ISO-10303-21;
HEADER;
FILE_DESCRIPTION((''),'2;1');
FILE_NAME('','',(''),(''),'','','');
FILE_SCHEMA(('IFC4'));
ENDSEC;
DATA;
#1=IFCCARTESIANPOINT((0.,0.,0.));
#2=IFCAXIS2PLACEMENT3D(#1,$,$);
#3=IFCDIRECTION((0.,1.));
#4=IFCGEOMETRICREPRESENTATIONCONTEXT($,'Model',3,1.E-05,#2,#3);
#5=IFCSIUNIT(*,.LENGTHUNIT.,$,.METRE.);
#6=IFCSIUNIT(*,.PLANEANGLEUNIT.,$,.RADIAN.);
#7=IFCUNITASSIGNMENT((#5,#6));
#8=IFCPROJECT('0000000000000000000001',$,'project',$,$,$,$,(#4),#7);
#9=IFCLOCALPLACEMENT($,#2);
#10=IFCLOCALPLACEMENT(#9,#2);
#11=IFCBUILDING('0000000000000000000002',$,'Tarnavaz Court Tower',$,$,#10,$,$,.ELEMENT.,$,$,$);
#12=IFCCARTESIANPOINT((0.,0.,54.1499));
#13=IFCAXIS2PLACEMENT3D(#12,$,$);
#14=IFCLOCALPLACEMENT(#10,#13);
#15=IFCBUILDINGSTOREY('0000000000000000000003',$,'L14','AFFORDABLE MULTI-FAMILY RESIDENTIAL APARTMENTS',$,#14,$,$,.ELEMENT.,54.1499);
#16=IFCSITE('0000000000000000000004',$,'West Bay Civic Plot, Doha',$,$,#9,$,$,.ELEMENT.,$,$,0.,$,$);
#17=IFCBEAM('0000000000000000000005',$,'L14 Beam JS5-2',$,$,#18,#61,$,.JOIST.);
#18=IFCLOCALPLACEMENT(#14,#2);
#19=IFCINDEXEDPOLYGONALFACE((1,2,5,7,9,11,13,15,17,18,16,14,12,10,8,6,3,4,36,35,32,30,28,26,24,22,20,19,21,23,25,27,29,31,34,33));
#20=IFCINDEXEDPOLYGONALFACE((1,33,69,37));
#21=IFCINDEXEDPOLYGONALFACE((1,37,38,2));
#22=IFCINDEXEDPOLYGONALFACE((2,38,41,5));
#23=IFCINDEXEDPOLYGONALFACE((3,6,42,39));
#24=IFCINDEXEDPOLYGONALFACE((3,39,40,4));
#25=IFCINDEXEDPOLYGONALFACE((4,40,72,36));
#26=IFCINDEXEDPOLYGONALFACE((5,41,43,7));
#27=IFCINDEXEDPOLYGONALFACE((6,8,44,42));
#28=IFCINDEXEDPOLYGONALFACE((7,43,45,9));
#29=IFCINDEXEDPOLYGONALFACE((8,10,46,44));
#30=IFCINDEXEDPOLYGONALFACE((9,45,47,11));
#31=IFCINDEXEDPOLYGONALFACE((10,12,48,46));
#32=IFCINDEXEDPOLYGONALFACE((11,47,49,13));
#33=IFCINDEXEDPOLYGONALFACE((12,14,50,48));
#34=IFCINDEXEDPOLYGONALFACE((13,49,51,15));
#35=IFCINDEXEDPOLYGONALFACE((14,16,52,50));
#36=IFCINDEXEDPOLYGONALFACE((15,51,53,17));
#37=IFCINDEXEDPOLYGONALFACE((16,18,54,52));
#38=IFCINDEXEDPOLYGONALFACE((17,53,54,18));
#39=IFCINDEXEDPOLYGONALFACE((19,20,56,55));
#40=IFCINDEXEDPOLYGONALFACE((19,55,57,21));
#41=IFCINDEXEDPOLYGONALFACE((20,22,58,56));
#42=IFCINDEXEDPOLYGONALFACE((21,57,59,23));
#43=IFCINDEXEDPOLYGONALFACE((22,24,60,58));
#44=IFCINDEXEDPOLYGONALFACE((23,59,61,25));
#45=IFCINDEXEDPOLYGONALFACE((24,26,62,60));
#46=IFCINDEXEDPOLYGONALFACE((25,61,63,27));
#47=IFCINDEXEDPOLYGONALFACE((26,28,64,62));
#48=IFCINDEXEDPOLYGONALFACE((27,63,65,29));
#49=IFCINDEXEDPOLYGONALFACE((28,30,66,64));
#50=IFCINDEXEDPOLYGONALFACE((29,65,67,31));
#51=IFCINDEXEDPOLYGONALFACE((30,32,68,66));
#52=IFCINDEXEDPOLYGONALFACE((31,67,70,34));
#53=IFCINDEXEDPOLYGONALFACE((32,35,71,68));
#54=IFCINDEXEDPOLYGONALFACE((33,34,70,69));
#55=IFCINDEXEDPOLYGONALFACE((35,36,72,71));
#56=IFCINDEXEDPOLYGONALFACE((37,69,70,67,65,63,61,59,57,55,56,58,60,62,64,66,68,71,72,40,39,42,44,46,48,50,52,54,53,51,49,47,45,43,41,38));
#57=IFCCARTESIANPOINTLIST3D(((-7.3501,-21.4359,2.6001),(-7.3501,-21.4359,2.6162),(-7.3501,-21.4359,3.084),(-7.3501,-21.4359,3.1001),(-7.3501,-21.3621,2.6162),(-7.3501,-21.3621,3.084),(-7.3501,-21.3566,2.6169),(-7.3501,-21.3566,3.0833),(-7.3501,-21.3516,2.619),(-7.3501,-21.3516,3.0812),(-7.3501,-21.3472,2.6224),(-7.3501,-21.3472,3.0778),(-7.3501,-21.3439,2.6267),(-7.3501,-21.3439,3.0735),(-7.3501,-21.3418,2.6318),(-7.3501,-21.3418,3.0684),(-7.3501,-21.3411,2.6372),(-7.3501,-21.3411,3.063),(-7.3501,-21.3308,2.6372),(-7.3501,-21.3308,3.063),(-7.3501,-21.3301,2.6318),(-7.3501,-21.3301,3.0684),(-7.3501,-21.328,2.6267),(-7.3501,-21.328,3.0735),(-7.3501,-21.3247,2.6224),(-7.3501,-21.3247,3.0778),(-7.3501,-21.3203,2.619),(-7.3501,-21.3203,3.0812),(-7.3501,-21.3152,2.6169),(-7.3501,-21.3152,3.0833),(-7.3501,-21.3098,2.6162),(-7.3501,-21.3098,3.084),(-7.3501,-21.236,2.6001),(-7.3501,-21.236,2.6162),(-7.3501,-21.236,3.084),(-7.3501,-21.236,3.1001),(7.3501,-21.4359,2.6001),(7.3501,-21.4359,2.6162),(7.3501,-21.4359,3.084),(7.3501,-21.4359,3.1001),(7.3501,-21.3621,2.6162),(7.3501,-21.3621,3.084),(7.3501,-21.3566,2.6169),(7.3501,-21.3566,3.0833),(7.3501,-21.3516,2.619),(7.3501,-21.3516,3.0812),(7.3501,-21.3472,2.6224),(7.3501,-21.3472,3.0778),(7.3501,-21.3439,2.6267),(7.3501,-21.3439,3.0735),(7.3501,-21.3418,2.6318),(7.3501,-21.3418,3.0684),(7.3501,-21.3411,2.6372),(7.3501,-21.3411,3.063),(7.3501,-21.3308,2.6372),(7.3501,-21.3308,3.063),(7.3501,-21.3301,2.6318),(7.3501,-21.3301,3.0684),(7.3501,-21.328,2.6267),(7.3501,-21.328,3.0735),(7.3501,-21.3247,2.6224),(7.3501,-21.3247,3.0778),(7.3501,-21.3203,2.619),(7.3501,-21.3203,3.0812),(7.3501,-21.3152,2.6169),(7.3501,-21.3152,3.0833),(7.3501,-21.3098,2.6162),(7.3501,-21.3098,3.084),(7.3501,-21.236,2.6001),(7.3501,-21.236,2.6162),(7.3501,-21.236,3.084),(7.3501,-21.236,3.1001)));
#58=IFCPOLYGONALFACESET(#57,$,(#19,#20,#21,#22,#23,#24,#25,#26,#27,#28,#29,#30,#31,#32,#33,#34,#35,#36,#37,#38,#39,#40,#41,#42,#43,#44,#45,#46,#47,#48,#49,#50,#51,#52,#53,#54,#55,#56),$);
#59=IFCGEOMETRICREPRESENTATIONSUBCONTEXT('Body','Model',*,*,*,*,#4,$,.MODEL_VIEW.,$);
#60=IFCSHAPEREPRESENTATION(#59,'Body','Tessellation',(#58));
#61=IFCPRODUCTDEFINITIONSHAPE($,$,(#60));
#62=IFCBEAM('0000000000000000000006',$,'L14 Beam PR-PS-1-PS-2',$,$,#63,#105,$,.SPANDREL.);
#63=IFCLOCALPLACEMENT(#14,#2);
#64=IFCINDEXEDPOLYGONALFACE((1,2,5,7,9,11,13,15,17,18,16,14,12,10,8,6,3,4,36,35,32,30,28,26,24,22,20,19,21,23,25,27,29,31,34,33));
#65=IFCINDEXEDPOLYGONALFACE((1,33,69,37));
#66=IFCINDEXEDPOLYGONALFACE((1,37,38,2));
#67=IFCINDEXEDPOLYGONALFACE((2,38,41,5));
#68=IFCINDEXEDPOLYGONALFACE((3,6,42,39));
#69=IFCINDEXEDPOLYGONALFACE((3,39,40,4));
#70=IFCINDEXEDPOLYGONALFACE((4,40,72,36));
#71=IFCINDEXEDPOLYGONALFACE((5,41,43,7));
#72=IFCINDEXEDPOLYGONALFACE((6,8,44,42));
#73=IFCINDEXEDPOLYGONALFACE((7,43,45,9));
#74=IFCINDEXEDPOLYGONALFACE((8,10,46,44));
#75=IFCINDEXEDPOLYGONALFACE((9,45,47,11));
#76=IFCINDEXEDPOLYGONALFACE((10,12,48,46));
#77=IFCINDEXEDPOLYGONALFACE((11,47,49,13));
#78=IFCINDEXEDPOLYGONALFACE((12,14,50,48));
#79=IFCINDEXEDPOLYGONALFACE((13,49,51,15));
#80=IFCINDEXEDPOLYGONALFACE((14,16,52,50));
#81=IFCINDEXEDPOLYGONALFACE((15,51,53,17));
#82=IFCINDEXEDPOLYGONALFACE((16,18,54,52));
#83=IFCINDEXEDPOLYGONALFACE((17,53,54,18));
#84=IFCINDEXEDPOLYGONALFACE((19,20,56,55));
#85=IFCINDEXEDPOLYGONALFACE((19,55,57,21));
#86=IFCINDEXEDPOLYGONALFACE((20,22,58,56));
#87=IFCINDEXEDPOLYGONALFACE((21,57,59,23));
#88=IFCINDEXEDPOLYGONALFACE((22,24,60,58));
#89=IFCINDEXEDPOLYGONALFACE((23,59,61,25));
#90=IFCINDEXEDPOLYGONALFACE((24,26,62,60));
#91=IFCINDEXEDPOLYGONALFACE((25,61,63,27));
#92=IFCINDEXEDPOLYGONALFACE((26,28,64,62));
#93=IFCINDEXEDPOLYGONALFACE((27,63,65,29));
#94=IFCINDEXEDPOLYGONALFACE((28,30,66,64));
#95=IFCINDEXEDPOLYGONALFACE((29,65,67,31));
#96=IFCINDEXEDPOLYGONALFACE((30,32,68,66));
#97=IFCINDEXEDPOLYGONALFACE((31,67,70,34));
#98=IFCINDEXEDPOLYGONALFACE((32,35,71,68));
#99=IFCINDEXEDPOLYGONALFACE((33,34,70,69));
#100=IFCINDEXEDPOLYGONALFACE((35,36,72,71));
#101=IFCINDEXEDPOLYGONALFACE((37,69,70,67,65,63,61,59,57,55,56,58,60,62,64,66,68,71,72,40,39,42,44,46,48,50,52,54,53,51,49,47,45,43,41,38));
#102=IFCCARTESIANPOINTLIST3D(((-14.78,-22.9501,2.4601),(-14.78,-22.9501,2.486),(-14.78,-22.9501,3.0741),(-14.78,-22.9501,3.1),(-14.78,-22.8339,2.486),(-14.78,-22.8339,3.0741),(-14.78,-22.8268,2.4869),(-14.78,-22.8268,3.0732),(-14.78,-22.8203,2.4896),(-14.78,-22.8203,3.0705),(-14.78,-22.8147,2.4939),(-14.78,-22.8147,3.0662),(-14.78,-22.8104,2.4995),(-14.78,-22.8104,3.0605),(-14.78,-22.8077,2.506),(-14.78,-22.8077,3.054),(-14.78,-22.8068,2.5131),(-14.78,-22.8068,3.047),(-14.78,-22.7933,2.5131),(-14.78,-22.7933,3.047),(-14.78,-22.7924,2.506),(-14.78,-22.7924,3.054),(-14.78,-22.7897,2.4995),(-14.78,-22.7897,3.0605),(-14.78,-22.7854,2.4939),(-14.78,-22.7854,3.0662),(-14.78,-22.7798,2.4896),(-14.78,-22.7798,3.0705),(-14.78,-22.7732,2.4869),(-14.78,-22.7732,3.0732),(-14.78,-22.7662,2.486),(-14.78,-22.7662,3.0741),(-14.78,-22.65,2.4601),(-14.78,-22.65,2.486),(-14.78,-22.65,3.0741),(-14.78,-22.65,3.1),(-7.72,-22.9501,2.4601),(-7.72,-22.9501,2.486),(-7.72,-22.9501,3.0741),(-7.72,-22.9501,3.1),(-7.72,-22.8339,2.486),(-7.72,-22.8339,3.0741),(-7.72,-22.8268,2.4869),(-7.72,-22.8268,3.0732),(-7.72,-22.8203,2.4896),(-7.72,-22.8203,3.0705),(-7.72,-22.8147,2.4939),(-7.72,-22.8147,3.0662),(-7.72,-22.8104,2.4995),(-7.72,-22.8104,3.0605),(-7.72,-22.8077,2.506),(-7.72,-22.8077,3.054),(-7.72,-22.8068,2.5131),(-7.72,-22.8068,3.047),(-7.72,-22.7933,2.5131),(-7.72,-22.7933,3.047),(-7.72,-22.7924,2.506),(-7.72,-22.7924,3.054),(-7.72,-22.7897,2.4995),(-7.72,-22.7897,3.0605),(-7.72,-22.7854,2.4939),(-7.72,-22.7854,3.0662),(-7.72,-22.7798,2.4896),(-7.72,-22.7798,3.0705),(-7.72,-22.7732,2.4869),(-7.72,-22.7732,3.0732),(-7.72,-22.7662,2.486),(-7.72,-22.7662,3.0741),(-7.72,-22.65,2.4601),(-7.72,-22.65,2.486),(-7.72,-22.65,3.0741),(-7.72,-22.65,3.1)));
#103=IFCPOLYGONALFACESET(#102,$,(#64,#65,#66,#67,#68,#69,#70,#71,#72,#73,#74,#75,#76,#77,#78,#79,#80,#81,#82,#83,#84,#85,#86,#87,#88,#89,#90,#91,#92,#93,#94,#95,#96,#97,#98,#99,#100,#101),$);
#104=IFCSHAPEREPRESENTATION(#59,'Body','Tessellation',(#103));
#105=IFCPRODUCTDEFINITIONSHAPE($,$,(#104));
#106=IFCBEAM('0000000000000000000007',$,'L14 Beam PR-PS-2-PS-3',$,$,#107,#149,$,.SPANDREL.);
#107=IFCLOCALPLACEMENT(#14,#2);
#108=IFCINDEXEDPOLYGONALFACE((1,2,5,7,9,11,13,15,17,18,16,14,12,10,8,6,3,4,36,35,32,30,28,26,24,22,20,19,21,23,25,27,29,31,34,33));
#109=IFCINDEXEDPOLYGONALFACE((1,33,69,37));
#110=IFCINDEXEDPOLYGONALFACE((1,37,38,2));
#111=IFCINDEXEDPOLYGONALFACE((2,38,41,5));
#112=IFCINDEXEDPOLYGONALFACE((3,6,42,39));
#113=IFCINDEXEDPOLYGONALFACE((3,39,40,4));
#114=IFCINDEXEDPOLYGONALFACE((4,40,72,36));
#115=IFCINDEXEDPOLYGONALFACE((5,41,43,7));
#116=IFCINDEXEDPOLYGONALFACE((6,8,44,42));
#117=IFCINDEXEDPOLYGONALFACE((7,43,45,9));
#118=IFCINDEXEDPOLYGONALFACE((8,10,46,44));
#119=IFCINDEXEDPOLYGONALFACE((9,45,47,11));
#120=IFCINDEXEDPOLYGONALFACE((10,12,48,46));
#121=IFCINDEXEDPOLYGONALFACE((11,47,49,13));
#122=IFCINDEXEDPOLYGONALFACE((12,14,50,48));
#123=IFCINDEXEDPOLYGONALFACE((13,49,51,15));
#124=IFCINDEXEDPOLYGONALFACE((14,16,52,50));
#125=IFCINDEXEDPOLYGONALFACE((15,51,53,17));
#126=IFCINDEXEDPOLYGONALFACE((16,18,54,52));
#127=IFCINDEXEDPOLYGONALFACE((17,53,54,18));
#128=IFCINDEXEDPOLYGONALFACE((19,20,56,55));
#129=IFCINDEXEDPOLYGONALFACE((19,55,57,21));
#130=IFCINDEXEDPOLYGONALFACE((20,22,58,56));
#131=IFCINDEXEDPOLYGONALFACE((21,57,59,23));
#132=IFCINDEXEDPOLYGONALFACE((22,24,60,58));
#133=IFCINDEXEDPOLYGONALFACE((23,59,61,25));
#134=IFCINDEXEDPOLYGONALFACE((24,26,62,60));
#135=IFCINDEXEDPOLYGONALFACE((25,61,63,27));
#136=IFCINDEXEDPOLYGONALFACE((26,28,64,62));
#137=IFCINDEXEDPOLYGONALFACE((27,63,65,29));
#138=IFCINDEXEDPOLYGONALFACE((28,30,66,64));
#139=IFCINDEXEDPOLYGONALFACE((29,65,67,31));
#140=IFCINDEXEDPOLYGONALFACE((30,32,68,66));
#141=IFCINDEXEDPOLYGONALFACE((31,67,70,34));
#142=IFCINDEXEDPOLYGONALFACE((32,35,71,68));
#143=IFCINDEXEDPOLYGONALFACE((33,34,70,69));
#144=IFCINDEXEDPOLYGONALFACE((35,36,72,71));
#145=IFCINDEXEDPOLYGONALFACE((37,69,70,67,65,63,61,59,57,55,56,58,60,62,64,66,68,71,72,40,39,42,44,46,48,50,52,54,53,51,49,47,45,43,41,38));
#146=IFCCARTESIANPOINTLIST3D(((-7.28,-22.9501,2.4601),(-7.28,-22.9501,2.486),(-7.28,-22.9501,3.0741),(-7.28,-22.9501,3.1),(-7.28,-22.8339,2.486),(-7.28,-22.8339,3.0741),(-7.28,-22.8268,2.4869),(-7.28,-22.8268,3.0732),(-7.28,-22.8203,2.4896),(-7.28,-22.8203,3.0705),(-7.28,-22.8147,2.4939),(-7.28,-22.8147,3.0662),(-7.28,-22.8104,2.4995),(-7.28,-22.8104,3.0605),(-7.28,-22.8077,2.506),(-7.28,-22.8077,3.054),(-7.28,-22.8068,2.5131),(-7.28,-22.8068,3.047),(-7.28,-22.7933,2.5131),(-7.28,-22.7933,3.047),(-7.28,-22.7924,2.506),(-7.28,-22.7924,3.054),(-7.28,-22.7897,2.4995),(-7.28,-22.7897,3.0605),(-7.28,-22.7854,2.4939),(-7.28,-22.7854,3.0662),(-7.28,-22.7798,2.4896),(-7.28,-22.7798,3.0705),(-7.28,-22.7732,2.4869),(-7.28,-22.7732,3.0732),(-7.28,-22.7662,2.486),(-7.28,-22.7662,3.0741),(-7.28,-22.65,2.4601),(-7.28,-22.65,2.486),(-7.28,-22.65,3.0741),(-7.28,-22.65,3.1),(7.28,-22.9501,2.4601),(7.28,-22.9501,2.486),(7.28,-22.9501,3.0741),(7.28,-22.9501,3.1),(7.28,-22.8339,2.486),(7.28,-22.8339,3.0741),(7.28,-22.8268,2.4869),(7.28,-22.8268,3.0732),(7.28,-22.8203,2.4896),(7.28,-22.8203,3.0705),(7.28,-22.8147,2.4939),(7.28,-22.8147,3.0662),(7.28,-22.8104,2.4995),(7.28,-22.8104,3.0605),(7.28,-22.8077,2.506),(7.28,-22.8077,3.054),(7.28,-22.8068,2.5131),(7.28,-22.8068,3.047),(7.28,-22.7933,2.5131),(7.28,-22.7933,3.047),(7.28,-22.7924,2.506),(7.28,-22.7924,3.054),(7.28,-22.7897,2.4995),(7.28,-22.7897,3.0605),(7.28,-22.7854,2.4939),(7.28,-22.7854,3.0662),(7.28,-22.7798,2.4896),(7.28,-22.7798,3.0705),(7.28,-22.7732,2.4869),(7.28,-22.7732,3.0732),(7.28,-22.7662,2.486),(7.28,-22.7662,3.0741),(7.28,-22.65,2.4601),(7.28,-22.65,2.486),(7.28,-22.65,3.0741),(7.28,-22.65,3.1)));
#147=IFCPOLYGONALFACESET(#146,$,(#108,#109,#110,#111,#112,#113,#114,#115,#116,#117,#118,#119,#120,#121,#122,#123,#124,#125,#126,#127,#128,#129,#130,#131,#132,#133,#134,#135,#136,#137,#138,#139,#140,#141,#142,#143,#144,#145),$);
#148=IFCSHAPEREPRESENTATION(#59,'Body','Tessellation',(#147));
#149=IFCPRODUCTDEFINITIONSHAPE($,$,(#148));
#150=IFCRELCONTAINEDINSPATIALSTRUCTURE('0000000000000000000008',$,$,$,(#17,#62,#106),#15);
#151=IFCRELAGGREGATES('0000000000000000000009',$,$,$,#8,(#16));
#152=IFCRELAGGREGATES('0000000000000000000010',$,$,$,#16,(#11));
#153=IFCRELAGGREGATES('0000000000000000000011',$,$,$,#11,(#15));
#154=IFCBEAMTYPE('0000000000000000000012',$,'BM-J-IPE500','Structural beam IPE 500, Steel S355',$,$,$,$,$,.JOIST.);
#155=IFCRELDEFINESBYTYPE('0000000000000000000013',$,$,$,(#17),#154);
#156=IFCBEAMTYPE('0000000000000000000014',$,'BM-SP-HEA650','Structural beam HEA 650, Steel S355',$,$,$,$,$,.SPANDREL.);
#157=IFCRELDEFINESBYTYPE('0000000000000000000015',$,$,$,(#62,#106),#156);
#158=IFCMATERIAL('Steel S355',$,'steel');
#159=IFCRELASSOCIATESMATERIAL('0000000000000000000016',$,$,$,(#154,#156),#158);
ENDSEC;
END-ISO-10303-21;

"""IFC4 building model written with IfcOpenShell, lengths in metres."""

from ifc_helpers import new_model, si_unit, direction, frame, origin, origin_2d, place, context, subcontext, project, spatial, i_section, extrude, material, material_profile, profile_set, type_object, element, save


model = new_model("IFC4")

# Units and contexts
model_context = context("Model", 3, precision=1e-05, world=origin(), true_north=direction((0.0, 1.0)))
body_context = subcontext(model_context, "Body", "Model", "MODEL_VIEW")
ifc_project = project(units=[si_unit("LENGTHUNIT", "METRE"), si_unit("PLANEANGLEUNIT", "RADIAN")], contexts=[model_context])

# Site, building, storey
site_placement = place(None, origin())
site = spatial("IfcSite", under=ifc_project, at=site_placement, Name="West Bay Civic Plot, Doha", CompositionType="ELEMENT", RefElevation=0.0)
building_placement = place(site_placement, origin())
building = spatial("IfcBuilding", under=site, at=building_placement, Name="Tarnavaz Court Tower", CompositionType="ELEMENT")
storey_placement = place(building_placement, frame((0.0, 0.0, 54.1499)))
storey = spatial("IfcBuildingStorey", under=building, at=storey_placement, Name="L14", Description="AFFORDABLE MULTI-FAMILY RESIDENTIAL APARTMENTS", CompositionType="ELEMENT", Elevation=54.1499)

# Beams
ifc_material_1 = material(Name="Steel S355", Category="steel")
ifc_material_profile_1 = material_profile(ifc_material_1, i_section(OverallWidth=0.2, OverallDepth=0.5, WebThickness=0.0103, FlangeThickness=0.0161, FilletRadius=0.021, at=origin_2d()), Name="IPE 500")
ifc_profile_set_1 = profile_set([ifc_material_profile_1], Name="Steel S355")
beam_type_1 = type_object("IfcBeamType", Name="BM-J-IPE500", Description="Structural beam IPE 500, Steel S355", PredefinedType="JOIST", material=ifc_profile_set_1)
for number, where, z_axis, x_axis, name in (
    (1, (-7.3501, -21.3359, 2.8501), (1.0, 0.0, 0.0), (0.0, 1.0, 0.0), "L14 Beam JS5-2"),
):
    element("IfcBeam", number, at=place(storey_placement, frame(where, z_axis=z_axis, x_axis=x_axis)), inside=storey, type_object=beam_type_1, Name=name, PredefinedType="JOIST", context=body_context, shape_type="SweptSolid", body=[
        extrude(i_section(OverallWidth=0.2, OverallDepth=0.5, WebThickness=0.0103, FlangeThickness=0.0161, FilletRadius=0.021, at=origin_2d()), origin(), (0.0, 0.0, 1.0), 14.7002),
    ])
ifc_material_profile_2 = material_profile(ifc_material_1, i_section(OverallWidth=0.3, OverallDepth=0.6399, WebThickness=0.0134, FlangeThickness=0.0259, FilletRadius=0.0271, at=origin_2d()), Name="HEA 650")
ifc_profile_set_2 = profile_set([ifc_material_profile_2], Name="Steel S355")
beam_type_2 = type_object("IfcBeamType", Name="BM-SP-HEA650", Description="Structural beam HEA 650, Steel S355", PredefinedType="SPANDREL", material=ifc_profile_set_2)
beam_1_placement = place(storey_placement, frame((-14.78, -22.8, 2.78), z_axis=(1.0, 0.0, 0.0), x_axis=(0.0, 1.0, 0.0)))
element("IfcBeam", 2, at=beam_1_placement, inside=storey, type_object=beam_type_2, Name="L14 Beam PR-PS-1-PS-2", PredefinedType="SPANDREL", context=body_context, shape_type="SweptSolid", body=[
    extrude(i_section(OverallWidth=0.3, OverallDepth=0.6399, WebThickness=0.0134, FlangeThickness=0.0259, FilletRadius=0.0271, at=origin_2d()), origin(), (0.0, 0.0, 1.0), 7.0601),
])
beam_2_placement = place(storey_placement, frame((-7.28, -22.8, 2.78), z_axis=(1.0, 0.0, 0.0), x_axis=(0.0, 1.0, 0.0)))
element("IfcBeam", 3, at=beam_2_placement, inside=storey, type_object=beam_type_2, Name="L14 Beam PR-PS-2-PS-3", PredefinedType="SPANDREL", context=body_context, shape_type="SweptSolid", body=[
    extrude(i_section(OverallWidth=0.3, OverallDepth=0.6399, WebThickness=0.0134, FlangeThickness=0.0259, FilletRadius=0.0271, at=origin_2d()), origin(), (0.0, 0.0, 1.0), 14.5601),
])

save(model, "model.ifc")
